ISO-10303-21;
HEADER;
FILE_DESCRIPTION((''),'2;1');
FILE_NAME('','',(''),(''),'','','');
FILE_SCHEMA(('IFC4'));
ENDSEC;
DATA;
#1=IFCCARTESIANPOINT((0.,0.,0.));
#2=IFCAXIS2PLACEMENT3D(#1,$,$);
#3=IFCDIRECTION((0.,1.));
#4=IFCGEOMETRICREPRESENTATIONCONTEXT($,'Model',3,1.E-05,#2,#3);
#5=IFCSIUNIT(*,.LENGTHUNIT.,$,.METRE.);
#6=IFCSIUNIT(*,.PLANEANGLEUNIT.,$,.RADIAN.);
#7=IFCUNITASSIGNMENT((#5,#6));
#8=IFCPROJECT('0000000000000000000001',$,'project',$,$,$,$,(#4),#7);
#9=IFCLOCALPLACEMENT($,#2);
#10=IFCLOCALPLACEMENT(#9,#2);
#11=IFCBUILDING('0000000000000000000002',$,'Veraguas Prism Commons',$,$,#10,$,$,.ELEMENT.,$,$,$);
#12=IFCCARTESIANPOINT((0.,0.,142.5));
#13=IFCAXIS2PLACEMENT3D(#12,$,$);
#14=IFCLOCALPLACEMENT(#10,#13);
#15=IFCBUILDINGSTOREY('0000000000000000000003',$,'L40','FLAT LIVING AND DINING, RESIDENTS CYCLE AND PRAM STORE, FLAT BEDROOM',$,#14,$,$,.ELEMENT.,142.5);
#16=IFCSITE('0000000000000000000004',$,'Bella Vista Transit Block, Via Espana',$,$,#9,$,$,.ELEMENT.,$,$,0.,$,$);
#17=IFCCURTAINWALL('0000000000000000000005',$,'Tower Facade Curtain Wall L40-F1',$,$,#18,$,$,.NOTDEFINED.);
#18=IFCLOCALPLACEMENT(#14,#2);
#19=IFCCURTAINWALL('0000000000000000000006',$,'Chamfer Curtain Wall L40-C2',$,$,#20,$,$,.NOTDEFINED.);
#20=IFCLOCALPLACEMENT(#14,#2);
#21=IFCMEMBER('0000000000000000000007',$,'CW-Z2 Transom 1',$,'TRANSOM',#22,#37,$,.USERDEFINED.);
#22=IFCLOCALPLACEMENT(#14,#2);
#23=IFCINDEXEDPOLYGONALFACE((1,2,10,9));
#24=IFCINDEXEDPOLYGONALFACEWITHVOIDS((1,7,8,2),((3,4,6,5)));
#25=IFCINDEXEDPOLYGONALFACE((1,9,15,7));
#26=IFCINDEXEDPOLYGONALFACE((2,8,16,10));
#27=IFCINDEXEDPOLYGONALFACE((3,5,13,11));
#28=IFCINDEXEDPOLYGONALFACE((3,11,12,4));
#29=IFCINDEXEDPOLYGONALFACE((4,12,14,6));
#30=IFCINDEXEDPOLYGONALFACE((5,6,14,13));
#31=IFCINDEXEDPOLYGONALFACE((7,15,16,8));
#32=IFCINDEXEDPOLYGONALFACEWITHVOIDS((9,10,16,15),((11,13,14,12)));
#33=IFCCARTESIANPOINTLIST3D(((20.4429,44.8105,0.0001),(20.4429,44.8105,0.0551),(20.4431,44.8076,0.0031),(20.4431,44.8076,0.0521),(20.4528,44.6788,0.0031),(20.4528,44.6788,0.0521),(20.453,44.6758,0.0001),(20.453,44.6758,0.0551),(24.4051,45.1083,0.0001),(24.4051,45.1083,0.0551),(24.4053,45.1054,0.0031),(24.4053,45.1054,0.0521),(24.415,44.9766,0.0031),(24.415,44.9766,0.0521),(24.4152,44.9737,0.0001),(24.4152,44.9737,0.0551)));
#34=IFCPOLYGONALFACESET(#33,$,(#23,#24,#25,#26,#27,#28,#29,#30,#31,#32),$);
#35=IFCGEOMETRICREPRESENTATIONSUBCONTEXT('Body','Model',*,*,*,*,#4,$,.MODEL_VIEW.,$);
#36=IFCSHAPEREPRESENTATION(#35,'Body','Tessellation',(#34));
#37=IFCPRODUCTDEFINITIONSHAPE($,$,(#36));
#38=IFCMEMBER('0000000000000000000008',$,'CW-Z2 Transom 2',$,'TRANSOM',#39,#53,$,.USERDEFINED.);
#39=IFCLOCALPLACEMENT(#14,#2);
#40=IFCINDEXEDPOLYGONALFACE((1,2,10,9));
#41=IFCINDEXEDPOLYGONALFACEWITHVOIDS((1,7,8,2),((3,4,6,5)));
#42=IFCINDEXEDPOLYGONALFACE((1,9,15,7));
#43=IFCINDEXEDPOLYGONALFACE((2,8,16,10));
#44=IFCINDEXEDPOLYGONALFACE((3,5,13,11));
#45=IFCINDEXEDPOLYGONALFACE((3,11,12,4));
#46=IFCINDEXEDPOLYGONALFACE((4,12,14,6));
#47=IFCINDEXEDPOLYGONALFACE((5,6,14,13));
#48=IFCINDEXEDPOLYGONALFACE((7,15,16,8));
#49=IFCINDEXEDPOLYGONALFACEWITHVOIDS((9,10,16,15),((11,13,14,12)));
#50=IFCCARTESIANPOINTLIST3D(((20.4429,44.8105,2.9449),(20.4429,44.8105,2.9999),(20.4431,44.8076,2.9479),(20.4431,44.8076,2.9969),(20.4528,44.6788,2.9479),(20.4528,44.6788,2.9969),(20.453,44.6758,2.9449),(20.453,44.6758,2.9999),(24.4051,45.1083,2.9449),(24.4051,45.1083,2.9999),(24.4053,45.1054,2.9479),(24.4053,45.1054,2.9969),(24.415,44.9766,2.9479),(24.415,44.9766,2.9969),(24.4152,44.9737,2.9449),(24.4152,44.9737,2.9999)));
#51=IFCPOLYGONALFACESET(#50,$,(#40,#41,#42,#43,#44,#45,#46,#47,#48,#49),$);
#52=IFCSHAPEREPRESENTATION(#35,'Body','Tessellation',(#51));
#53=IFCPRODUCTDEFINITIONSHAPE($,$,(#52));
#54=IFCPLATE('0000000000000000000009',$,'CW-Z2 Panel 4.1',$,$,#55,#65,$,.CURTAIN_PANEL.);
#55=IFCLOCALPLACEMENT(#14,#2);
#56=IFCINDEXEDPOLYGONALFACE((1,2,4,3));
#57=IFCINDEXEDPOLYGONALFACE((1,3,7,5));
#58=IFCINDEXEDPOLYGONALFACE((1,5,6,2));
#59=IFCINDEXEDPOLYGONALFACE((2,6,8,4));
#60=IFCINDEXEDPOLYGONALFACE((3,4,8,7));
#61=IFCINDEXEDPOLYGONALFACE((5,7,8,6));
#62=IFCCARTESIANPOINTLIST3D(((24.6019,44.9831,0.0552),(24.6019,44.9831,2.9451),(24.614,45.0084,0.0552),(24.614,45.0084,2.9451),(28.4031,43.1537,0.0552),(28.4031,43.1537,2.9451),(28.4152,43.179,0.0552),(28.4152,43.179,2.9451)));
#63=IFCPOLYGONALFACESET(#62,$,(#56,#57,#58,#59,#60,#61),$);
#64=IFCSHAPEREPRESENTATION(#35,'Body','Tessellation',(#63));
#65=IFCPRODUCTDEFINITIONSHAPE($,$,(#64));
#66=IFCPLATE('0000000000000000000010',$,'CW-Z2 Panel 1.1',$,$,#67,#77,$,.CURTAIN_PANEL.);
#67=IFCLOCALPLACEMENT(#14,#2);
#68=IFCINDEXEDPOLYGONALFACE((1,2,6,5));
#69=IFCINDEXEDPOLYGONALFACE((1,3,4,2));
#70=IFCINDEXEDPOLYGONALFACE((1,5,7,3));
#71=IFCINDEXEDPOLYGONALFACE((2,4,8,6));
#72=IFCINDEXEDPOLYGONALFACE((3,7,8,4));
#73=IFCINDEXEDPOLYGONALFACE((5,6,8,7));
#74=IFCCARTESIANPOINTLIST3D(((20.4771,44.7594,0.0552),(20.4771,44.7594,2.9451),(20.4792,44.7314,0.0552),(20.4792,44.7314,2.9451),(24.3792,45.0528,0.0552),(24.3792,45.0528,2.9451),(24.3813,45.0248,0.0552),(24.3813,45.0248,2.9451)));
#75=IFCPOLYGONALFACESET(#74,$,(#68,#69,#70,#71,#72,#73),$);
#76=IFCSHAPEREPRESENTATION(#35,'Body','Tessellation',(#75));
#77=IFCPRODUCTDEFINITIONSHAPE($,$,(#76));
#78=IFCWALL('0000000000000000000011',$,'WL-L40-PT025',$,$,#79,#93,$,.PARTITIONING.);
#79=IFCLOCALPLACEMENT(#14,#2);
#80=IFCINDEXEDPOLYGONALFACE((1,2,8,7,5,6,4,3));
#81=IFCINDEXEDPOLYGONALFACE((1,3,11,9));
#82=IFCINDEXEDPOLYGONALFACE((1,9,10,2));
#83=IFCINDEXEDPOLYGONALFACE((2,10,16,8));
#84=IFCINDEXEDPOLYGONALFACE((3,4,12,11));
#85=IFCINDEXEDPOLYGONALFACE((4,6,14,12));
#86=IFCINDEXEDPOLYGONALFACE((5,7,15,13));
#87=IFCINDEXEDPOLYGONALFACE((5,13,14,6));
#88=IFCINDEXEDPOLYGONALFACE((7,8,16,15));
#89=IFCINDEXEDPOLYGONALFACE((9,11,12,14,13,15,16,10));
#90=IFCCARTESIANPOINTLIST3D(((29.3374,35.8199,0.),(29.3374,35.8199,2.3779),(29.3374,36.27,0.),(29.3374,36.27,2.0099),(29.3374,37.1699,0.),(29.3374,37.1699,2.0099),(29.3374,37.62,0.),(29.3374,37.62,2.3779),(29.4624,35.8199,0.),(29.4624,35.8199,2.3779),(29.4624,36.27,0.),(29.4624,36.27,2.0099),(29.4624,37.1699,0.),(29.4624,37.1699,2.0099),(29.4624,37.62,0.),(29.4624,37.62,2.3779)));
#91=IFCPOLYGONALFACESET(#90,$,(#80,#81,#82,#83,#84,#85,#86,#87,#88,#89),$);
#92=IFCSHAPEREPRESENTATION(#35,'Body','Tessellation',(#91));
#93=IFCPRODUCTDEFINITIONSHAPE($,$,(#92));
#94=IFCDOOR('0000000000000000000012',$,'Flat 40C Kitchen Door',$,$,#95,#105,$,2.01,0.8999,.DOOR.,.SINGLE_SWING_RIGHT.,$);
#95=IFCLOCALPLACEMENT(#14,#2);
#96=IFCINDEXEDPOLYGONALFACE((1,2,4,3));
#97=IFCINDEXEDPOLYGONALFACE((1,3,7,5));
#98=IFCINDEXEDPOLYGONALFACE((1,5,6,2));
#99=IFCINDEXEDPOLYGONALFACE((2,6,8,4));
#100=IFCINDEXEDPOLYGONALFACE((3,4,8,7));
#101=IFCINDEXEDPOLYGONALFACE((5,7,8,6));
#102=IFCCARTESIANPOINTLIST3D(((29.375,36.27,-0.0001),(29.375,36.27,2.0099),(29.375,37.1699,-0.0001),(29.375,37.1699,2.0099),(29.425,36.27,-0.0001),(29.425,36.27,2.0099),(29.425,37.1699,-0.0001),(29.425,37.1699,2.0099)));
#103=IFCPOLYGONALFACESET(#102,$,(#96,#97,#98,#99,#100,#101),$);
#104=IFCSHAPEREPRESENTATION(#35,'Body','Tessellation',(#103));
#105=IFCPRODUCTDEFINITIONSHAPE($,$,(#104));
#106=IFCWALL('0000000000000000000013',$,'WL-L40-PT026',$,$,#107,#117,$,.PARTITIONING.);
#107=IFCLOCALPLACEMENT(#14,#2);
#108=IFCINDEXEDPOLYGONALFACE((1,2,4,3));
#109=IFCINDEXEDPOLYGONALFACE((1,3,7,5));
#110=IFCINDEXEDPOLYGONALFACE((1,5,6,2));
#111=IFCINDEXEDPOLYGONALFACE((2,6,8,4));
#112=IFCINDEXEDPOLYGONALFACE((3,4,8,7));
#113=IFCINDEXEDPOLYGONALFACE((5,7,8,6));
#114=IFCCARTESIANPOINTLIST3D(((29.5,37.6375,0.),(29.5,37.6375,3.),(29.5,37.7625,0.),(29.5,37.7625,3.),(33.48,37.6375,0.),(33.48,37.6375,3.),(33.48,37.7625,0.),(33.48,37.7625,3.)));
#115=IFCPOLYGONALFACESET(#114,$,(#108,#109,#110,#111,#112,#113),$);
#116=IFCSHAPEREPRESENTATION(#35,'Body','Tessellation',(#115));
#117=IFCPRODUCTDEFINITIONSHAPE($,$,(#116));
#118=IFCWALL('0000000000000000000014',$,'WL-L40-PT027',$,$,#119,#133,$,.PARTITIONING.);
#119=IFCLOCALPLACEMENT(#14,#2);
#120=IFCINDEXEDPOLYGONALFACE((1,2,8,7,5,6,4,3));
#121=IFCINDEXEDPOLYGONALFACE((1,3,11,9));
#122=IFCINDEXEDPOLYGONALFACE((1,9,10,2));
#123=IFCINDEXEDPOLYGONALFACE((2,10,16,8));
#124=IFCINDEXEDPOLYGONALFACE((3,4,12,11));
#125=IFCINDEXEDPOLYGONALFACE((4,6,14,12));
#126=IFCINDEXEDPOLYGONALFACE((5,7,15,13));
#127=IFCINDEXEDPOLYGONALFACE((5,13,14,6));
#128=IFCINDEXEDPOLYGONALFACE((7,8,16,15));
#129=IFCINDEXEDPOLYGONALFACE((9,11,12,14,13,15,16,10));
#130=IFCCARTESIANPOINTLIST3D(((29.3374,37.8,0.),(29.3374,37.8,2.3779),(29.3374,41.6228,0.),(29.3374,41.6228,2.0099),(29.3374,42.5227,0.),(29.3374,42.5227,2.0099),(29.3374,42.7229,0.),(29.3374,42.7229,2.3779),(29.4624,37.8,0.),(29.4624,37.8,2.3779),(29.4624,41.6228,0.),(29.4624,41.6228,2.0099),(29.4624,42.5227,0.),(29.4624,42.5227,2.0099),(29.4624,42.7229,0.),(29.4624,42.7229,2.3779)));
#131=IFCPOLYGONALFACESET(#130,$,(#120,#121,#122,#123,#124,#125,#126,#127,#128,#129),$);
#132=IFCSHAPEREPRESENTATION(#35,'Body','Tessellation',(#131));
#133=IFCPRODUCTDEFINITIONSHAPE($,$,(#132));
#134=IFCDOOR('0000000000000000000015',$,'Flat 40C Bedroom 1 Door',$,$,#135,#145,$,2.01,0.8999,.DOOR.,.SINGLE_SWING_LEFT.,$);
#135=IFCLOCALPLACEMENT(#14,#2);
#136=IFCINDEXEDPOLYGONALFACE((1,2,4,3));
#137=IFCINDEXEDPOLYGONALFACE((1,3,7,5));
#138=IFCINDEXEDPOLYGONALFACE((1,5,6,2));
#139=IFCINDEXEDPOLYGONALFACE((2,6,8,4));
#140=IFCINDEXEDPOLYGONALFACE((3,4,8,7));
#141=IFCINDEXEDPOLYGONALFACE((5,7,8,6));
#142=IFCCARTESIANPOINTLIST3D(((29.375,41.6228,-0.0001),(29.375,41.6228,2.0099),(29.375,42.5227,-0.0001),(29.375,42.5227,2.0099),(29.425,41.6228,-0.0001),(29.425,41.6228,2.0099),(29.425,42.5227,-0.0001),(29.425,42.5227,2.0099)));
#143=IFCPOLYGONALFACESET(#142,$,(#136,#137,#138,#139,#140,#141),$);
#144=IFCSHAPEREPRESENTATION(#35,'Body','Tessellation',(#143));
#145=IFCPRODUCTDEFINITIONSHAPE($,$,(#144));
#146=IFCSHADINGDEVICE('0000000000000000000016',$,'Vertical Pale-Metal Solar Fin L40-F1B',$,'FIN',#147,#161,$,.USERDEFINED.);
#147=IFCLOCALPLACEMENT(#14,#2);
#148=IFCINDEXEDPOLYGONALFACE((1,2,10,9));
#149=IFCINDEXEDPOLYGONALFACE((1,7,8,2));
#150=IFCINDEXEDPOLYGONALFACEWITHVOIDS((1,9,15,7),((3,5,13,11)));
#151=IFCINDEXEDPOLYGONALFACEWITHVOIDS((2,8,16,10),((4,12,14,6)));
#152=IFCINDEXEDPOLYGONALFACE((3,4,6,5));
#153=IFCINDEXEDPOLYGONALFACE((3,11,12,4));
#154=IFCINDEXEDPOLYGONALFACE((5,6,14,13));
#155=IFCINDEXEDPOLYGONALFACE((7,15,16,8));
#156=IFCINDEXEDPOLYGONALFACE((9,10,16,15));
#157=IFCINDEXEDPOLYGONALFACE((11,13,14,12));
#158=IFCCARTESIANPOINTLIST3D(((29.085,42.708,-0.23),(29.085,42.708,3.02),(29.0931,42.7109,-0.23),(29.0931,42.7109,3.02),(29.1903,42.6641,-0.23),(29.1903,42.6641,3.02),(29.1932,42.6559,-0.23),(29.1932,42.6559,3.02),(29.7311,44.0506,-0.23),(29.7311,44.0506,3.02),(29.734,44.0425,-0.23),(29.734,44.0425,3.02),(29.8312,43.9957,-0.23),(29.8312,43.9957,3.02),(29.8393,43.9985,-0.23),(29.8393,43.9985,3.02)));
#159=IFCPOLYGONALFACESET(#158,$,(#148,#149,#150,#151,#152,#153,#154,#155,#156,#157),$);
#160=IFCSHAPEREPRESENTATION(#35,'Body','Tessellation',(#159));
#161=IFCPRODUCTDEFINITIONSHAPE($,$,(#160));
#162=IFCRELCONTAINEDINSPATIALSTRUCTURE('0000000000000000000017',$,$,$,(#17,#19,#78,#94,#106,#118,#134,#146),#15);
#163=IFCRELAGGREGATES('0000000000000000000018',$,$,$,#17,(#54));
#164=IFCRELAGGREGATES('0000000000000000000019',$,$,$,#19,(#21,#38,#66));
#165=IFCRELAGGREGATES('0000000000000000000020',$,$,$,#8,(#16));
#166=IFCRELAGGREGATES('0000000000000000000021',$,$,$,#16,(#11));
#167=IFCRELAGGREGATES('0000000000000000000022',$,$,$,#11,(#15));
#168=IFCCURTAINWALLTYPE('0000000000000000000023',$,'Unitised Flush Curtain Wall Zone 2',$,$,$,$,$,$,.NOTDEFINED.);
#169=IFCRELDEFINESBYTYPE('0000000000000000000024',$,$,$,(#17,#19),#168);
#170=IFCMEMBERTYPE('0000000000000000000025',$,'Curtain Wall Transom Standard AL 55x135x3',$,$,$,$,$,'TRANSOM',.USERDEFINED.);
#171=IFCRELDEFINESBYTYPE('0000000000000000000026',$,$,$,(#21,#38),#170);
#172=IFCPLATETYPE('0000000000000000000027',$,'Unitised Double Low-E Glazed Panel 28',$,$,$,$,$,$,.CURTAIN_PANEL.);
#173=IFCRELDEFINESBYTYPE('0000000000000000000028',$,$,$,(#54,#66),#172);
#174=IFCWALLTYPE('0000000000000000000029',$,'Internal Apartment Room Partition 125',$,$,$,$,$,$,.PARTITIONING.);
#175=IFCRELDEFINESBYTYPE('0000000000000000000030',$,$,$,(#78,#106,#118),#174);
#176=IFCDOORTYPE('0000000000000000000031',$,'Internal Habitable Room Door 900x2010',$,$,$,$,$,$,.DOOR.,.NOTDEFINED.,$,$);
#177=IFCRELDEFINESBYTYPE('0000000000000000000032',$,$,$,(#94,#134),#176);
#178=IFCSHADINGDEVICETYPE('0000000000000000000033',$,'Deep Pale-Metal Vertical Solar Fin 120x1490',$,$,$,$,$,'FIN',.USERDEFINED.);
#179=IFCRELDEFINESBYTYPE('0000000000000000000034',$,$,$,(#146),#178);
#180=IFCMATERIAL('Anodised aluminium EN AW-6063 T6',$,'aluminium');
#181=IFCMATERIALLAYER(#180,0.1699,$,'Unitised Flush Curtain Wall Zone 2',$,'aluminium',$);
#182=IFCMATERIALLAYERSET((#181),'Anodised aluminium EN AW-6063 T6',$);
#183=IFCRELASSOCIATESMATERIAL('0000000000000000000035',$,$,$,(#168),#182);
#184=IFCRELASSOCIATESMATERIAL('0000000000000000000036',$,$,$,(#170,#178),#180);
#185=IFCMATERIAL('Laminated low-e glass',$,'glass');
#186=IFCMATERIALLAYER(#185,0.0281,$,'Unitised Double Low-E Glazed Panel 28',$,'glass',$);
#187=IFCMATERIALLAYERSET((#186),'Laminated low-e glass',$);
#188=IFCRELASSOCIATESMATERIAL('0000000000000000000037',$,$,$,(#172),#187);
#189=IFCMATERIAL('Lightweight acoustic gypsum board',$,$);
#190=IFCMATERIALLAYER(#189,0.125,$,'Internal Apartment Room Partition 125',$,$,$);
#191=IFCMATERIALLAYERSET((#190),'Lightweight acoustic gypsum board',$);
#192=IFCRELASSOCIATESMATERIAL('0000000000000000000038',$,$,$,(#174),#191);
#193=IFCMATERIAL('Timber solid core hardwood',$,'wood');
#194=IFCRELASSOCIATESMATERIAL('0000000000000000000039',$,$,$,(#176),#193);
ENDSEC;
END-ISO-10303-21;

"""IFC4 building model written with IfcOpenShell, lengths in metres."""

from ifc_helpers import new_model, si_unit, direction, frame, frame_2d, origin, origin_2d, place, context, subcontext, project, spatial, rectangle, hollow_rectangle, extrude, source, transform, mapped, material, layer, layer_set, material_profile, profile_set, type_object, element, fill, aggregate, save


model = new_model("IFC4")

# Units and contexts
model_context = context("Model", 3, precision=1e-05, world=origin(), true_north=direction((0.0, 1.0)))
body_context = subcontext(model_context, "Body", "Model", "MODEL_VIEW")
ifc_project = project(units=[si_unit("LENGTHUNIT", "METRE"), si_unit("PLANEANGLEUNIT", "RADIAN")], contexts=[model_context])

# Site, building, storey
site_placement = place(None, origin())
site = spatial("IfcSite", under=ifc_project, at=site_placement, Name="Bella Vista Transit Block, Via Espana", CompositionType="ELEMENT", RefElevation=0.0)
building_placement = place(site_placement, origin())
building = spatial("IfcBuilding", under=site, at=building_placement, Name="Veraguas Prism Commons", CompositionType="ELEMENT")
storey_placement = place(building_placement, frame((0.0, 0.0, 142.5)))
storey = spatial("IfcBuildingStorey", under=building, at=storey_placement, Name="L40", Description="FLAT LIVING AND DINING, RESIDENTS CYCLE AND PRAM STORE, FLAT BEDROOM", CompositionType="ELEMENT", Elevation=142.5)

# Curtain walls, members
ifc_material_1 = material(Name="Anodised aluminium EN AW-6063 T6", Category="aluminium")
ifc_layer_1 = layer(ifc_material_1, 0.1699, Name="Unitised Flush Curtain Wall Zone 2", Category="aluminium")
ifc_layer_set_1 = layer_set([ifc_layer_1], Name="Anodised aluminium EN AW-6063 T6")
curtain_wall_type = type_object("IfcCurtainWallType", Name="Unitised Flush Curtain Wall Zone 2", PredefinedType="NOTDEFINED", material=ifc_layer_set_1)
curtain_wall_1_placement = place(storey_placement, origin())
curtain_wall_1 = element("IfcCurtainWall", 1, at=curtain_wall_1_placement, inside=storey, type_object=curtain_wall_type, Name="Tower Facade Curtain Wall L40-F1", PredefinedType="NOTDEFINED")
curtain_wall_2_placement = place(storey_placement, origin())
curtain_wall_2 = element("IfcCurtainWall", 2, at=curtain_wall_2_placement, inside=storey, type_object=curtain_wall_type, Name="Chamfer Curtain Wall L40-C2", PredefinedType="NOTDEFINED")
ifc_material_profile_1 = material_profile(ifc_material_1, hollow_rectangle(XDim=0.0549, YDim=0.135, WallThickness=0.0029, at=origin_2d()), Name="AL55X135X3")
ifc_profile_set_1 = profile_set([ifc_material_profile_1], Name="Anodised aluminium EN AW-6063 T6")
member_type_1 = type_object("IfcMemberType", Name="Curtain Wall Transom Standard AL 55x135x3", ElementType="TRANSOM", PredefinedType="USERDEFINED", material=ifc_profile_set_1)
shared_shape_1 = source(origin(), body_context, "Body", "SweptSolid", [
    extrude(hollow_rectangle(XDim=0.0549, YDim=0.135, WallThickness=0.0029, at=origin_2d()), origin(), (0.0, 0.0, 1.0), 3.9734),
])
member_1_placement = place(storey_placement, frame((24.4102, 45.041, 0.0276), z_axis=(-0.997186, -0.074963, 0.0), x_axis=(0.0, 0.0, 1.0)))
member_1 = element("IfcMember", 3, at=member_1_placement, type_object=member_type_1, Name="CW-Z2 Transom 1", ObjectType="TRANSOM", PredefinedType="USERDEFINED", context=body_context, shape_type="MappedRepresentation", body=[
    mapped(shared_shape_1, transform((0.0, 0.0, 0.0), scale=1.0)),
])
member_2_placement = place(storey_placement, frame((24.4102, 45.041, 2.9724), z_axis=(-0.997186, -0.074963, 0.0), x_axis=(0.0, 0.0, 1.0)))
member_2 = element("IfcMember", 4, at=member_2_placement, type_object=member_type_1, Name="CW-Z2 Transom 2", ObjectType="TRANSOM", PredefinedType="USERDEFINED", context=body_context, shape_type="MappedRepresentation", body=[
    mapped(shared_shape_1, transform((0.0, 0.0, 0.0), scale=1.0)),
])

# Plates
ifc_material_2 = material(Name="Laminated low-e glass", Category="glass")
ifc_layer_2 = layer(ifc_material_2, 0.0281, Name="Unitised Double Low-E Glazed Panel 28", Category="glass")
ifc_layer_set_2 = layer_set([ifc_layer_2], Name="Laminated low-e glass")
plate_type = type_object("IfcPlateType", Name="Unitised Double Low-E Glazed Panel 28", PredefinedType="CURTAIN_PANEL", material=ifc_layer_set_2)
shared_shape_2 = source(origin(), body_context, "Body", "SweptSolid", [
    extrude(rectangle(XDim=4.2185, YDim=0.0281, at=origin_2d()), origin(), (0.0, 0.0, 1.0), 2.8899),
])
plate_1_placement = place(storey_placement, frame((26.5085, 44.0811, 0.0552), z_axis=(0.0, 0.0, 1.0), x_axis=(-0.901076, 0.433662, 0.0)))
plate_1 = element("IfcPlate", 5, at=plate_1_placement, type_object=plate_type, Name="CW-Z2 Panel 4.1", PredefinedType="CURTAIN_PANEL", context=body_context, shape_type="MappedRepresentation", body=[
    mapped(shared_shape_2, transform((0.0, 0.0, 0.0), scale=1.0)),
])
aggregate(curtain_wall_1, [plate_1])
shared_shape_3 = source(origin(), body_context, "Body", "SweptSolid", [
    extrude(rectangle(XDim=3.9131, YDim=0.0281, at=origin_2d()), origin(), (0.0, 0.0, 1.0), 2.8899),
])
plate_2_placement = place(storey_placement, frame((22.4292, 44.8921, 0.0552), z_axis=(0.0, 0.0, 1.0), x_axis=(-0.997185, -0.074979, 0.0)))
plate_2 = element("IfcPlate", 6, at=plate_2_placement, type_object=plate_type, Name="CW-Z2 Panel 1.1", PredefinedType="CURTAIN_PANEL", context=body_context, shape_type="MappedRepresentation", body=[
    mapped(shared_shape_3, transform((0.0, 0.0, 0.0), scale=1.0)),
])
aggregate(curtain_wall_2, [member_1, member_2, plate_2])

# Wall, opening, door
ifc_material_3 = material(Name="Lightweight acoustic gypsum board")
ifc_layer_3 = layer(ifc_material_3, 0.125, Name="Internal Apartment Room Partition 125")
ifc_layer_set_3 = layer_set([ifc_layer_3], Name="Lightweight acoustic gypsum board")
wall_type = type_object("IfcWallType", Name="Internal Apartment Room Partition 125", PredefinedType="PARTITIONING", material=ifc_layer_set_3)
wall_1_placement = place(storey_placement, frame((29.3999, 35.8201, 0.0), z_axis=(0.0, 0.0, 1.0), x_axis=(0.0, 1.0, 0.0)))
wall_1 = element("IfcWall", 7, at=wall_1_placement, inside=storey, type_object=wall_type, Name="WL-L40-PT025", PredefinedType="PARTITIONING", context=body_context, shape_type="SweptSolid", body=[
    extrude(rectangle(XDim=1.8, YDim=0.125, at=frame_2d((0.8999, 0.0))), origin(), (0.0, 0.0, 1.0), 2.3779),
])
opening_1_placement = place(wall_1_placement, frame((0.45, 0.0, 0.0)))
opening_1 = element("IfcOpeningElement", 8, at=opening_1_placement, cuts=wall_1, PredefinedType="OPENING", context=body_context, shape_type="SweptSolid", body=[
    extrude(rectangle(XDim=0.8999, YDim=2.01, at=frame_2d((0.45, 1.0049))), frame((0.0, 0.0725, 0.0), z_axis=(0.0, -1.0, 0.0), x_axis=(1.0, 0.0, 0.0)), (0.0, 0.0, 1.0), 0.145),
])
ifc_material_4 = material(Name="Timber solid core hardwood", Category="wood")
door_type = type_object("IfcDoorType", Name="Internal Habitable Room Door 900x2010", OperationType="NOTDEFINED", PredefinedType="DOOR", material=ifc_material_4)
shared_shape_4 = source(origin(), body_context, "Body", "SweptSolid", [
    extrude(rectangle(XDim=0.8999, YDim=2.01, at=frame_2d((0.45, 1.0049))), frame((0.0, 0.0249, 0.0), z_axis=(0.0, -1.0, 0.0), x_axis=(1.0, 0.0, 0.0)), (0.0, 0.0, 1.0), 0.05),
])
door_1_placement = place(opening_1_placement, origin())
door_1 = element("IfcDoor", 9, at=door_1_placement, inside=storey, type_object=door_type, Name="Flat 40C Kitchen Door", OperationType="SINGLE_SWING_RIGHT", OverallHeight=2.01, OverallWidth=0.8999, PredefinedType="DOOR", context=body_context, shape_type="MappedRepresentation", body=[
    mapped(shared_shape_4, transform((0.0, 0.0, 0.0), scale=1.0)),
])
fill(opening_1, door_1)

# Wall
wall_2_placement = place(storey_placement, frame((29.5, 37.7, 0.0), z_axis=(0.0, 0.0, 1.0), x_axis=(1.0, 0.0, 0.0)))
element("IfcWall", 10, at=wall_2_placement, inside=storey, type_object=wall_type, Name="WL-L40-PT026", PredefinedType="PARTITIONING", context=body_context, shape_type="SweptSolid", body=[
    extrude(rectangle(XDim=3.98, YDim=0.125, at=frame_2d((1.99, 0.0))), origin(), (0.0, 0.0, 1.0), 3.0),
])

# Wall, opening, door
wall_3_placement = place(storey_placement, frame((29.3999, 37.8, 0.0), z_axis=(0.0, 0.0, 1.0), x_axis=(0.0, 1.0, 0.0)))
wall_3 = element("IfcWall", 11, at=wall_3_placement, inside=storey, type_object=wall_type, Name="WL-L40-PT027", PredefinedType="PARTITIONING", context=body_context, shape_type="SweptSolid", body=[
    extrude(rectangle(XDim=4.9229, YDim=0.125, at=frame_2d((2.4614, 0.0))), origin(), (0.0, 0.0, 1.0), 2.3779),
])
opening_2_placement = place(wall_3_placement, frame((3.8228, 0.0, 0.0)))
opening_2 = element("IfcOpeningElement", 12, at=opening_2_placement, cuts=wall_3, PredefinedType="OPENING", context=body_context, shape_type="SweptSolid", body=[
    extrude(rectangle(XDim=0.8999, YDim=2.01, at=frame_2d((0.45, 1.0049))), frame((0.0, 0.0725, 0.0), z_axis=(0.0, -1.0, 0.0), x_axis=(1.0, 0.0, 0.0)), (0.0, 0.0, 1.0), 0.145),
])
door_2_placement = place(opening_2_placement, origin())
door_2 = element("IfcDoor", 13, at=door_2_placement, inside=storey, type_object=door_type, Name="Flat 40C Bedroom 1 Door", OperationType="SINGLE_SWING_LEFT", OverallHeight=2.01, OverallWidth=0.8999, PredefinedType="DOOR", context=body_context, shape_type="MappedRepresentation", body=[
    mapped(shared_shape_4, transform((0.0, 0.0, 0.0), scale=1.0)),
])
fill(opening_2, door_2)

# Shading device
ifc_material_profile_2 = material_profile(ifc_material_1, hollow_rectangle(XDim=0.1201, YDim=1.49, WallThickness=0.0061, at=origin_2d()), Name="FIN120X1490X6")
ifc_profile_set_2 = profile_set([ifc_material_profile_2], Name="Anodised aluminium EN AW-6063 T6")
shading_device_type = type_object("IfcShadingDeviceType", Name="Deep Pale-Metal Vertical Solar Fin 120x1490", ElementType="FIN", PredefinedType="USERDEFINED", material=ifc_profile_set_2)
shading_device_placement = place(storey_placement, frame((29.4622, 43.3533, -0.23), z_axis=(0.0, 0.0, 1.0), x_axis=(-0.901077, 0.433659, 0.0)))
element("IfcShadingDevice", 14, at=shading_device_placement, inside=storey, type_object=shading_device_type, Name="Vertical Pale-Metal Solar Fin L40-F1B", ObjectType="FIN", PredefinedType="USERDEFINED", context=body_context, shape_type="SweptSolid", body=[
    extrude(hollow_rectangle(XDim=0.1201, YDim=1.49, WallThickness=0.0061, at=origin_2d()), origin(), (0.0, 0.0, 1.0), 3.25),
])

save(model, "model.ifc")
